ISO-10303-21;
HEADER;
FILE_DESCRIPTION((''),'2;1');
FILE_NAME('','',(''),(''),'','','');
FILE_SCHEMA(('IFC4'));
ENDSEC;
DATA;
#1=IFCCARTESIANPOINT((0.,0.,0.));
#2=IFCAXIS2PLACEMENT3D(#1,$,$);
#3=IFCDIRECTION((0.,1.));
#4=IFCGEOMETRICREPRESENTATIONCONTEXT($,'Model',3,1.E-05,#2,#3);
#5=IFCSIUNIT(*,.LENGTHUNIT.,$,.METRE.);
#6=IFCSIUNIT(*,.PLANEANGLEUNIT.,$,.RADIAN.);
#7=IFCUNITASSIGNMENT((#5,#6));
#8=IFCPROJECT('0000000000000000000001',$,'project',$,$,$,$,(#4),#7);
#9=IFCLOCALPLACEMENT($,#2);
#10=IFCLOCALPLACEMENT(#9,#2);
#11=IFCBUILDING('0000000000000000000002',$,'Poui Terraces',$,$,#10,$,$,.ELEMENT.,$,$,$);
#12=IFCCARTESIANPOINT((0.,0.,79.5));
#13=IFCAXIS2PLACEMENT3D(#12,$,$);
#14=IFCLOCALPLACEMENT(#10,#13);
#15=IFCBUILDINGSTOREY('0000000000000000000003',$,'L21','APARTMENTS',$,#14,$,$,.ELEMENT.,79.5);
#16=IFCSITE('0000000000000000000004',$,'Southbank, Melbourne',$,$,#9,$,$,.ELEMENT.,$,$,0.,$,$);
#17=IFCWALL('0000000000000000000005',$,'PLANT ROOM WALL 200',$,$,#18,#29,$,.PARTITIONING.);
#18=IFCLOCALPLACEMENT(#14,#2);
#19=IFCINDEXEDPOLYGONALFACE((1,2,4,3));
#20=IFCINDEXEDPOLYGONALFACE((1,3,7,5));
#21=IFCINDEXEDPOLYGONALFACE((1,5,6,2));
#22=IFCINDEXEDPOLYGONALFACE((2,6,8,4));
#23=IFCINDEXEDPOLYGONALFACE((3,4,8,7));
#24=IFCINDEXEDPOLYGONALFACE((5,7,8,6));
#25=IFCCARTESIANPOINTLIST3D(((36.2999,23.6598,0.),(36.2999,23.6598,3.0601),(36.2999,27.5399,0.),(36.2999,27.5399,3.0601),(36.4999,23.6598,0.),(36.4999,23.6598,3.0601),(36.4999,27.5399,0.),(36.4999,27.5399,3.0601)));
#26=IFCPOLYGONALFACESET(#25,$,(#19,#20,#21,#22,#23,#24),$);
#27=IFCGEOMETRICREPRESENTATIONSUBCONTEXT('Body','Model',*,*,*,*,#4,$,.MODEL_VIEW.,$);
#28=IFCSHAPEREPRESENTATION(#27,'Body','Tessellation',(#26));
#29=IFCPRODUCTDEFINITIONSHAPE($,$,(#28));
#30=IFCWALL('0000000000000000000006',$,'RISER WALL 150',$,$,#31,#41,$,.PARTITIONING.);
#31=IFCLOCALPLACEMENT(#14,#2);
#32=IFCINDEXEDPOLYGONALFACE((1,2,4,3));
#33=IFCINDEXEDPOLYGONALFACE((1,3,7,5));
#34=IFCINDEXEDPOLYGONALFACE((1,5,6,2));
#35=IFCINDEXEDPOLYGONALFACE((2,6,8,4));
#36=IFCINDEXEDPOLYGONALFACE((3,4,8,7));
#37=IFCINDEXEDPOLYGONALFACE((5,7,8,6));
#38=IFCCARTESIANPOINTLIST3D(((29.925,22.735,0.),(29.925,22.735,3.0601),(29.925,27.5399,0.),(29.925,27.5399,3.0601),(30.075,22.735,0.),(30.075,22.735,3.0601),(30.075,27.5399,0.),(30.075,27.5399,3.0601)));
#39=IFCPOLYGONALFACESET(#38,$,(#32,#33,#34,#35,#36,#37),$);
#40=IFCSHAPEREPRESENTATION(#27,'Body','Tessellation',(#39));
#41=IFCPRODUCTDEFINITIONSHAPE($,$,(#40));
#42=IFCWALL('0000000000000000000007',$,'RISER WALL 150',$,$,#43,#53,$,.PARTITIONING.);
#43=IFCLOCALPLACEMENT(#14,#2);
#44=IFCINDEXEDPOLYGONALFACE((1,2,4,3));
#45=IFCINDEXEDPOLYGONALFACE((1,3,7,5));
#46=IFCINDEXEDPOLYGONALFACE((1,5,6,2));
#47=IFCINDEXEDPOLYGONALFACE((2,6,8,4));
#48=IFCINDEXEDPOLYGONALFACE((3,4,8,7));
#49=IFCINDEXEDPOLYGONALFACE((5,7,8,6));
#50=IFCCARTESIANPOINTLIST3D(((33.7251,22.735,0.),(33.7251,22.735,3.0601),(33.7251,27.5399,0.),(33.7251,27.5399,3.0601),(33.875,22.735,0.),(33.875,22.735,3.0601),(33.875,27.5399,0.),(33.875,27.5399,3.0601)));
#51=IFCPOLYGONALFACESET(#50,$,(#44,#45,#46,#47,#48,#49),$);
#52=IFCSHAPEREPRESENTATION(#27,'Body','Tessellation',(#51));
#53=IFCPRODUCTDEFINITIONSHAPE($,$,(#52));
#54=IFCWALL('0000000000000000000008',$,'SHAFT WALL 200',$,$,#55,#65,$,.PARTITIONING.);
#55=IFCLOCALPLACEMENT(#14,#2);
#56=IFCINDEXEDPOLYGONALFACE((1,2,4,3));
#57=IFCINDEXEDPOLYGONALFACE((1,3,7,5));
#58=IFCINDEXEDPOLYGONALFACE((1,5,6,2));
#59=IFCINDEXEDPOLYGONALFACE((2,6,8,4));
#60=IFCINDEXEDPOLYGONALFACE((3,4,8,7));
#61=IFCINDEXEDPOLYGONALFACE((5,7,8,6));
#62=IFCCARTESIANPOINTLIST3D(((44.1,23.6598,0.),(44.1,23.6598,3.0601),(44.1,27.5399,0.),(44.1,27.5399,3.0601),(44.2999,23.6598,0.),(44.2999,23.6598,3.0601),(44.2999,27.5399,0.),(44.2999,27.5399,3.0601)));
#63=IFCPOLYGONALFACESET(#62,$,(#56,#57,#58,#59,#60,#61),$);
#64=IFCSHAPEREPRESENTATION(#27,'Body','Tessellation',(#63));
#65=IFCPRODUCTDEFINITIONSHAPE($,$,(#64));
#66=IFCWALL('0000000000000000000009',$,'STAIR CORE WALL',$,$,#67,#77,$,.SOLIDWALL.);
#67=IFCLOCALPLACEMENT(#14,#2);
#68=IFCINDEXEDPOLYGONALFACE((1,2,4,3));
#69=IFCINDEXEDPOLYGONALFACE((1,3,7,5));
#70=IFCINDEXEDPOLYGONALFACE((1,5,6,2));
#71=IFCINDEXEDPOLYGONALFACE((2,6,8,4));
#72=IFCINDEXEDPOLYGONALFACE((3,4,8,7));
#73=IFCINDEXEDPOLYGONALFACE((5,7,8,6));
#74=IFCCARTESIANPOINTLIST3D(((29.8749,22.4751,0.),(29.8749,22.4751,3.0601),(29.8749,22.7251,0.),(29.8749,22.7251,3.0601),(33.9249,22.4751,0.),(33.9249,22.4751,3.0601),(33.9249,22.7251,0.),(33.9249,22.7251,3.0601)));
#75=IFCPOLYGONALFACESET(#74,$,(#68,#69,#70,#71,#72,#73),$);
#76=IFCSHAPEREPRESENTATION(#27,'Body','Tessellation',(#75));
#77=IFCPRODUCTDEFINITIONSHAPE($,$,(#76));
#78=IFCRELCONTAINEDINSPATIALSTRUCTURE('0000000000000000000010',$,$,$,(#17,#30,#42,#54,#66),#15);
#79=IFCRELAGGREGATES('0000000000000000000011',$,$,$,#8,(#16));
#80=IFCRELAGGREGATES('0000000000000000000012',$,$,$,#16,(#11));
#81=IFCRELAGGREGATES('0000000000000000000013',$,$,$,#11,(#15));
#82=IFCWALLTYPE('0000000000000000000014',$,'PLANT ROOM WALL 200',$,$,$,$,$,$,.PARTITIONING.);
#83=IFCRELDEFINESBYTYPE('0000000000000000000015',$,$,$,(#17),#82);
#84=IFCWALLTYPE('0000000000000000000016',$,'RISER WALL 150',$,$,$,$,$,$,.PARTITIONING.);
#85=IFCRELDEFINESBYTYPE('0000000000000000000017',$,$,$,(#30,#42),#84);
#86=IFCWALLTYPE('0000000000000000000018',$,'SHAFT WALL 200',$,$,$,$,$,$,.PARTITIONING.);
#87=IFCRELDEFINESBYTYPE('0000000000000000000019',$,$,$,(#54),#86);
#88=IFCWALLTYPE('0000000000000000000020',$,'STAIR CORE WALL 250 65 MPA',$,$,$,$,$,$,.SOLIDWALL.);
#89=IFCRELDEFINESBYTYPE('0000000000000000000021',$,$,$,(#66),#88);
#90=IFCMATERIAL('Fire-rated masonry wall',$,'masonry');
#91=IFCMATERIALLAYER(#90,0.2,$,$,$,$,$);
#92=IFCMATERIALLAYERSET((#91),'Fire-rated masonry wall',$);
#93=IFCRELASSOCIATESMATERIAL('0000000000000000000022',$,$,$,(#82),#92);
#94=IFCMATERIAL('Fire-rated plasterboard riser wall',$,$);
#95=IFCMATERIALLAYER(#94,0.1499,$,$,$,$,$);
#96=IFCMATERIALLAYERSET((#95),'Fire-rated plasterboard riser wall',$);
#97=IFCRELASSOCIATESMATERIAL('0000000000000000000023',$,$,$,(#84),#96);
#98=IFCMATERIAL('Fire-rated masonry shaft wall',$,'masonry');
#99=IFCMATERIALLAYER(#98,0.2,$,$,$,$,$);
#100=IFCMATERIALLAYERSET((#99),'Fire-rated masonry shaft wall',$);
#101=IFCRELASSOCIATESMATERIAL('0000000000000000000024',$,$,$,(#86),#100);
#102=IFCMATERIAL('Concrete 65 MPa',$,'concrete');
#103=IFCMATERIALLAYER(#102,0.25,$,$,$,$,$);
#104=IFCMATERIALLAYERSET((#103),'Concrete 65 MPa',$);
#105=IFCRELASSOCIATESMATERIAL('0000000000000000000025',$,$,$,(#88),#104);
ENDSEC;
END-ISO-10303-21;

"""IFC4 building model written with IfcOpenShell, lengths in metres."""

from ifc_helpers import new_model, si_unit, direction, frame, frame_2d, origin, place, context, subcontext, project, spatial, rectangle, extrude, material, layer, layer_set, type_object, element, save


model = new_model("IFC4")

# Units and contexts
model_context = context("Model", 3, precision=1e-05, world=origin(), true_north=direction((0.0, 1.0)))
body_context = subcontext(model_context, "Body", "Model", "MODEL_VIEW")
ifc_project = project(units=[si_unit("LENGTHUNIT", "METRE"), si_unit("PLANEANGLEUNIT", "RADIAN")], contexts=[model_context])

# Site, building, storey
site_placement = place(None, origin())
site = spatial("IfcSite", under=ifc_project, at=site_placement, Name="Southbank, Melbourne", CompositionType="ELEMENT", RefElevation=0.0)
building_placement = place(site_placement, origin())
building = spatial("IfcBuilding", under=site, at=building_placement, Name="Poui Terraces", CompositionType="ELEMENT")
storey_placement = place(building_placement, frame((0.0, 0.0, 79.5)))
storey = spatial("IfcBuildingStorey", under=building, at=storey_placement, Name="L21", Description="APARTMENTS", CompositionType="ELEMENT", Elevation=79.5)

# Shared definitions
ifc_material_1 = material(Name="Concrete 65 MPa", Category="concrete")

# Walls
ifc_material_2 = material(Name="Fire-rated masonry wall", Category="masonry")
ifc_layer_1 = layer(ifc_material_2, 0.2)
ifc_layer_set_1 = layer_set([ifc_layer_1], Name="Fire-rated masonry wall")
wall_type_1 = type_object("IfcWallType", Name="PLANT ROOM WALL 200", PredefinedType="PARTITIONING", material=ifc_layer_set_1)
wall_1_placement = place(storey_placement, frame((36.3999, 23.6599, 0.0), z_axis=(0.0, 0.0, 1.0), x_axis=(0.0, 1.0, 0.0)))
element("IfcWall", 1, at=wall_1_placement, inside=storey, type_object=wall_type_1, Name="PLANT ROOM WALL 200", PredefinedType="PARTITIONING", context=body_context, shape_type="SweptSolid", body=[
    extrude(rectangle(XDim=3.8801, YDim=0.2, at=frame_2d((1.9399, 0.0))), origin(), (0.0, 0.0, 1.0), 3.0601),
])
ifc_material_3 = material(Name="Fire-rated plasterboard riser wall")
ifc_layer_2 = layer(ifc_material_3, 0.1499)
ifc_layer_set_2 = layer_set([ifc_layer_2], Name="Fire-rated plasterboard riser wall")
wall_type_2 = type_object("IfcWallType", Name="RISER WALL 150", PredefinedType="PARTITIONING", material=ifc_layer_set_2)
for number, where, z_axis, x_axis, name in (
    (2, (30.0, 22.7351, 0.0), (0.0, 0.0, 1.0), (0.0, 1.0, 0.0), "RISER WALL 150"),
    (3, (33.8, 22.7351, 0.0), (0.0, 0.0, 1.0), (0.0, 1.0, 0.0), "RISER WALL 150"),
):
    element("IfcWall", number, at=place(storey_placement, frame(where, z_axis=z_axis, x_axis=x_axis)), inside=storey, type_object=wall_type_2, Name=name, PredefinedType="PARTITIONING", context=body_context, shape_type="SweptSolid", body=[
        extrude(rectangle(XDim=4.8049, YDim=0.1499, at=frame_2d((2.4023, 0.0))), origin(), (0.0, 0.0, 1.0), 3.0601),
    ])
ifc_material_4 = material(Name="Fire-rated masonry shaft wall", Category="masonry")
ifc_layer_3 = layer(ifc_material_4, 0.2)
ifc_layer_set_3 = layer_set([ifc_layer_3], Name="Fire-rated masonry shaft wall")
wall_type_3 = type_object("IfcWallType", Name="SHAFT WALL 200", PredefinedType="PARTITIONING", material=ifc_layer_set_3)
wall_2_placement = place(storey_placement, frame((44.2, 23.6599, 0.0), z_axis=(0.0, 0.0, 1.0), x_axis=(0.0, 1.0, 0.0)))
element("IfcWall", 4, at=wall_2_placement, inside=storey, type_object=wall_type_3, Name="SHAFT WALL 200", PredefinedType="PARTITIONING", context=body_context, shape_type="SweptSolid", body=[
    extrude(rectangle(XDim=3.8801, YDim=0.2, at=frame_2d((1.9399, 0.0))), origin(), (0.0, 0.0, 1.0), 3.0601),
])
ifc_layer_4 = layer(ifc_material_1, 0.25)
ifc_layer_set_4 = layer_set([ifc_layer_4], Name="Concrete 65 MPa")
wall_type_4 = type_object("IfcWallType", Name="STAIR CORE WALL 250 65 MPA", PredefinedType="SOLIDWALL", material=ifc_layer_set_4)
wall_3_placement = place(storey_placement, frame((29.875, 22.6001, 0.0), z_axis=(0.0, 0.0, 1.0), x_axis=(1.0, 0.0, 0.0)))
element("IfcWall", 5, at=wall_3_placement, inside=storey, type_object=wall_type_4, Name="STAIR CORE WALL", PredefinedType="SOLIDWALL", context=body_context, shape_type="SweptSolid", body=[
    extrude(rectangle(XDim=4.05, YDim=0.25, at=frame_2d((2.0249, 0.0))), origin(), (0.0, 0.0, 1.0), 3.0601),
])

save(model, "model.ifc")
